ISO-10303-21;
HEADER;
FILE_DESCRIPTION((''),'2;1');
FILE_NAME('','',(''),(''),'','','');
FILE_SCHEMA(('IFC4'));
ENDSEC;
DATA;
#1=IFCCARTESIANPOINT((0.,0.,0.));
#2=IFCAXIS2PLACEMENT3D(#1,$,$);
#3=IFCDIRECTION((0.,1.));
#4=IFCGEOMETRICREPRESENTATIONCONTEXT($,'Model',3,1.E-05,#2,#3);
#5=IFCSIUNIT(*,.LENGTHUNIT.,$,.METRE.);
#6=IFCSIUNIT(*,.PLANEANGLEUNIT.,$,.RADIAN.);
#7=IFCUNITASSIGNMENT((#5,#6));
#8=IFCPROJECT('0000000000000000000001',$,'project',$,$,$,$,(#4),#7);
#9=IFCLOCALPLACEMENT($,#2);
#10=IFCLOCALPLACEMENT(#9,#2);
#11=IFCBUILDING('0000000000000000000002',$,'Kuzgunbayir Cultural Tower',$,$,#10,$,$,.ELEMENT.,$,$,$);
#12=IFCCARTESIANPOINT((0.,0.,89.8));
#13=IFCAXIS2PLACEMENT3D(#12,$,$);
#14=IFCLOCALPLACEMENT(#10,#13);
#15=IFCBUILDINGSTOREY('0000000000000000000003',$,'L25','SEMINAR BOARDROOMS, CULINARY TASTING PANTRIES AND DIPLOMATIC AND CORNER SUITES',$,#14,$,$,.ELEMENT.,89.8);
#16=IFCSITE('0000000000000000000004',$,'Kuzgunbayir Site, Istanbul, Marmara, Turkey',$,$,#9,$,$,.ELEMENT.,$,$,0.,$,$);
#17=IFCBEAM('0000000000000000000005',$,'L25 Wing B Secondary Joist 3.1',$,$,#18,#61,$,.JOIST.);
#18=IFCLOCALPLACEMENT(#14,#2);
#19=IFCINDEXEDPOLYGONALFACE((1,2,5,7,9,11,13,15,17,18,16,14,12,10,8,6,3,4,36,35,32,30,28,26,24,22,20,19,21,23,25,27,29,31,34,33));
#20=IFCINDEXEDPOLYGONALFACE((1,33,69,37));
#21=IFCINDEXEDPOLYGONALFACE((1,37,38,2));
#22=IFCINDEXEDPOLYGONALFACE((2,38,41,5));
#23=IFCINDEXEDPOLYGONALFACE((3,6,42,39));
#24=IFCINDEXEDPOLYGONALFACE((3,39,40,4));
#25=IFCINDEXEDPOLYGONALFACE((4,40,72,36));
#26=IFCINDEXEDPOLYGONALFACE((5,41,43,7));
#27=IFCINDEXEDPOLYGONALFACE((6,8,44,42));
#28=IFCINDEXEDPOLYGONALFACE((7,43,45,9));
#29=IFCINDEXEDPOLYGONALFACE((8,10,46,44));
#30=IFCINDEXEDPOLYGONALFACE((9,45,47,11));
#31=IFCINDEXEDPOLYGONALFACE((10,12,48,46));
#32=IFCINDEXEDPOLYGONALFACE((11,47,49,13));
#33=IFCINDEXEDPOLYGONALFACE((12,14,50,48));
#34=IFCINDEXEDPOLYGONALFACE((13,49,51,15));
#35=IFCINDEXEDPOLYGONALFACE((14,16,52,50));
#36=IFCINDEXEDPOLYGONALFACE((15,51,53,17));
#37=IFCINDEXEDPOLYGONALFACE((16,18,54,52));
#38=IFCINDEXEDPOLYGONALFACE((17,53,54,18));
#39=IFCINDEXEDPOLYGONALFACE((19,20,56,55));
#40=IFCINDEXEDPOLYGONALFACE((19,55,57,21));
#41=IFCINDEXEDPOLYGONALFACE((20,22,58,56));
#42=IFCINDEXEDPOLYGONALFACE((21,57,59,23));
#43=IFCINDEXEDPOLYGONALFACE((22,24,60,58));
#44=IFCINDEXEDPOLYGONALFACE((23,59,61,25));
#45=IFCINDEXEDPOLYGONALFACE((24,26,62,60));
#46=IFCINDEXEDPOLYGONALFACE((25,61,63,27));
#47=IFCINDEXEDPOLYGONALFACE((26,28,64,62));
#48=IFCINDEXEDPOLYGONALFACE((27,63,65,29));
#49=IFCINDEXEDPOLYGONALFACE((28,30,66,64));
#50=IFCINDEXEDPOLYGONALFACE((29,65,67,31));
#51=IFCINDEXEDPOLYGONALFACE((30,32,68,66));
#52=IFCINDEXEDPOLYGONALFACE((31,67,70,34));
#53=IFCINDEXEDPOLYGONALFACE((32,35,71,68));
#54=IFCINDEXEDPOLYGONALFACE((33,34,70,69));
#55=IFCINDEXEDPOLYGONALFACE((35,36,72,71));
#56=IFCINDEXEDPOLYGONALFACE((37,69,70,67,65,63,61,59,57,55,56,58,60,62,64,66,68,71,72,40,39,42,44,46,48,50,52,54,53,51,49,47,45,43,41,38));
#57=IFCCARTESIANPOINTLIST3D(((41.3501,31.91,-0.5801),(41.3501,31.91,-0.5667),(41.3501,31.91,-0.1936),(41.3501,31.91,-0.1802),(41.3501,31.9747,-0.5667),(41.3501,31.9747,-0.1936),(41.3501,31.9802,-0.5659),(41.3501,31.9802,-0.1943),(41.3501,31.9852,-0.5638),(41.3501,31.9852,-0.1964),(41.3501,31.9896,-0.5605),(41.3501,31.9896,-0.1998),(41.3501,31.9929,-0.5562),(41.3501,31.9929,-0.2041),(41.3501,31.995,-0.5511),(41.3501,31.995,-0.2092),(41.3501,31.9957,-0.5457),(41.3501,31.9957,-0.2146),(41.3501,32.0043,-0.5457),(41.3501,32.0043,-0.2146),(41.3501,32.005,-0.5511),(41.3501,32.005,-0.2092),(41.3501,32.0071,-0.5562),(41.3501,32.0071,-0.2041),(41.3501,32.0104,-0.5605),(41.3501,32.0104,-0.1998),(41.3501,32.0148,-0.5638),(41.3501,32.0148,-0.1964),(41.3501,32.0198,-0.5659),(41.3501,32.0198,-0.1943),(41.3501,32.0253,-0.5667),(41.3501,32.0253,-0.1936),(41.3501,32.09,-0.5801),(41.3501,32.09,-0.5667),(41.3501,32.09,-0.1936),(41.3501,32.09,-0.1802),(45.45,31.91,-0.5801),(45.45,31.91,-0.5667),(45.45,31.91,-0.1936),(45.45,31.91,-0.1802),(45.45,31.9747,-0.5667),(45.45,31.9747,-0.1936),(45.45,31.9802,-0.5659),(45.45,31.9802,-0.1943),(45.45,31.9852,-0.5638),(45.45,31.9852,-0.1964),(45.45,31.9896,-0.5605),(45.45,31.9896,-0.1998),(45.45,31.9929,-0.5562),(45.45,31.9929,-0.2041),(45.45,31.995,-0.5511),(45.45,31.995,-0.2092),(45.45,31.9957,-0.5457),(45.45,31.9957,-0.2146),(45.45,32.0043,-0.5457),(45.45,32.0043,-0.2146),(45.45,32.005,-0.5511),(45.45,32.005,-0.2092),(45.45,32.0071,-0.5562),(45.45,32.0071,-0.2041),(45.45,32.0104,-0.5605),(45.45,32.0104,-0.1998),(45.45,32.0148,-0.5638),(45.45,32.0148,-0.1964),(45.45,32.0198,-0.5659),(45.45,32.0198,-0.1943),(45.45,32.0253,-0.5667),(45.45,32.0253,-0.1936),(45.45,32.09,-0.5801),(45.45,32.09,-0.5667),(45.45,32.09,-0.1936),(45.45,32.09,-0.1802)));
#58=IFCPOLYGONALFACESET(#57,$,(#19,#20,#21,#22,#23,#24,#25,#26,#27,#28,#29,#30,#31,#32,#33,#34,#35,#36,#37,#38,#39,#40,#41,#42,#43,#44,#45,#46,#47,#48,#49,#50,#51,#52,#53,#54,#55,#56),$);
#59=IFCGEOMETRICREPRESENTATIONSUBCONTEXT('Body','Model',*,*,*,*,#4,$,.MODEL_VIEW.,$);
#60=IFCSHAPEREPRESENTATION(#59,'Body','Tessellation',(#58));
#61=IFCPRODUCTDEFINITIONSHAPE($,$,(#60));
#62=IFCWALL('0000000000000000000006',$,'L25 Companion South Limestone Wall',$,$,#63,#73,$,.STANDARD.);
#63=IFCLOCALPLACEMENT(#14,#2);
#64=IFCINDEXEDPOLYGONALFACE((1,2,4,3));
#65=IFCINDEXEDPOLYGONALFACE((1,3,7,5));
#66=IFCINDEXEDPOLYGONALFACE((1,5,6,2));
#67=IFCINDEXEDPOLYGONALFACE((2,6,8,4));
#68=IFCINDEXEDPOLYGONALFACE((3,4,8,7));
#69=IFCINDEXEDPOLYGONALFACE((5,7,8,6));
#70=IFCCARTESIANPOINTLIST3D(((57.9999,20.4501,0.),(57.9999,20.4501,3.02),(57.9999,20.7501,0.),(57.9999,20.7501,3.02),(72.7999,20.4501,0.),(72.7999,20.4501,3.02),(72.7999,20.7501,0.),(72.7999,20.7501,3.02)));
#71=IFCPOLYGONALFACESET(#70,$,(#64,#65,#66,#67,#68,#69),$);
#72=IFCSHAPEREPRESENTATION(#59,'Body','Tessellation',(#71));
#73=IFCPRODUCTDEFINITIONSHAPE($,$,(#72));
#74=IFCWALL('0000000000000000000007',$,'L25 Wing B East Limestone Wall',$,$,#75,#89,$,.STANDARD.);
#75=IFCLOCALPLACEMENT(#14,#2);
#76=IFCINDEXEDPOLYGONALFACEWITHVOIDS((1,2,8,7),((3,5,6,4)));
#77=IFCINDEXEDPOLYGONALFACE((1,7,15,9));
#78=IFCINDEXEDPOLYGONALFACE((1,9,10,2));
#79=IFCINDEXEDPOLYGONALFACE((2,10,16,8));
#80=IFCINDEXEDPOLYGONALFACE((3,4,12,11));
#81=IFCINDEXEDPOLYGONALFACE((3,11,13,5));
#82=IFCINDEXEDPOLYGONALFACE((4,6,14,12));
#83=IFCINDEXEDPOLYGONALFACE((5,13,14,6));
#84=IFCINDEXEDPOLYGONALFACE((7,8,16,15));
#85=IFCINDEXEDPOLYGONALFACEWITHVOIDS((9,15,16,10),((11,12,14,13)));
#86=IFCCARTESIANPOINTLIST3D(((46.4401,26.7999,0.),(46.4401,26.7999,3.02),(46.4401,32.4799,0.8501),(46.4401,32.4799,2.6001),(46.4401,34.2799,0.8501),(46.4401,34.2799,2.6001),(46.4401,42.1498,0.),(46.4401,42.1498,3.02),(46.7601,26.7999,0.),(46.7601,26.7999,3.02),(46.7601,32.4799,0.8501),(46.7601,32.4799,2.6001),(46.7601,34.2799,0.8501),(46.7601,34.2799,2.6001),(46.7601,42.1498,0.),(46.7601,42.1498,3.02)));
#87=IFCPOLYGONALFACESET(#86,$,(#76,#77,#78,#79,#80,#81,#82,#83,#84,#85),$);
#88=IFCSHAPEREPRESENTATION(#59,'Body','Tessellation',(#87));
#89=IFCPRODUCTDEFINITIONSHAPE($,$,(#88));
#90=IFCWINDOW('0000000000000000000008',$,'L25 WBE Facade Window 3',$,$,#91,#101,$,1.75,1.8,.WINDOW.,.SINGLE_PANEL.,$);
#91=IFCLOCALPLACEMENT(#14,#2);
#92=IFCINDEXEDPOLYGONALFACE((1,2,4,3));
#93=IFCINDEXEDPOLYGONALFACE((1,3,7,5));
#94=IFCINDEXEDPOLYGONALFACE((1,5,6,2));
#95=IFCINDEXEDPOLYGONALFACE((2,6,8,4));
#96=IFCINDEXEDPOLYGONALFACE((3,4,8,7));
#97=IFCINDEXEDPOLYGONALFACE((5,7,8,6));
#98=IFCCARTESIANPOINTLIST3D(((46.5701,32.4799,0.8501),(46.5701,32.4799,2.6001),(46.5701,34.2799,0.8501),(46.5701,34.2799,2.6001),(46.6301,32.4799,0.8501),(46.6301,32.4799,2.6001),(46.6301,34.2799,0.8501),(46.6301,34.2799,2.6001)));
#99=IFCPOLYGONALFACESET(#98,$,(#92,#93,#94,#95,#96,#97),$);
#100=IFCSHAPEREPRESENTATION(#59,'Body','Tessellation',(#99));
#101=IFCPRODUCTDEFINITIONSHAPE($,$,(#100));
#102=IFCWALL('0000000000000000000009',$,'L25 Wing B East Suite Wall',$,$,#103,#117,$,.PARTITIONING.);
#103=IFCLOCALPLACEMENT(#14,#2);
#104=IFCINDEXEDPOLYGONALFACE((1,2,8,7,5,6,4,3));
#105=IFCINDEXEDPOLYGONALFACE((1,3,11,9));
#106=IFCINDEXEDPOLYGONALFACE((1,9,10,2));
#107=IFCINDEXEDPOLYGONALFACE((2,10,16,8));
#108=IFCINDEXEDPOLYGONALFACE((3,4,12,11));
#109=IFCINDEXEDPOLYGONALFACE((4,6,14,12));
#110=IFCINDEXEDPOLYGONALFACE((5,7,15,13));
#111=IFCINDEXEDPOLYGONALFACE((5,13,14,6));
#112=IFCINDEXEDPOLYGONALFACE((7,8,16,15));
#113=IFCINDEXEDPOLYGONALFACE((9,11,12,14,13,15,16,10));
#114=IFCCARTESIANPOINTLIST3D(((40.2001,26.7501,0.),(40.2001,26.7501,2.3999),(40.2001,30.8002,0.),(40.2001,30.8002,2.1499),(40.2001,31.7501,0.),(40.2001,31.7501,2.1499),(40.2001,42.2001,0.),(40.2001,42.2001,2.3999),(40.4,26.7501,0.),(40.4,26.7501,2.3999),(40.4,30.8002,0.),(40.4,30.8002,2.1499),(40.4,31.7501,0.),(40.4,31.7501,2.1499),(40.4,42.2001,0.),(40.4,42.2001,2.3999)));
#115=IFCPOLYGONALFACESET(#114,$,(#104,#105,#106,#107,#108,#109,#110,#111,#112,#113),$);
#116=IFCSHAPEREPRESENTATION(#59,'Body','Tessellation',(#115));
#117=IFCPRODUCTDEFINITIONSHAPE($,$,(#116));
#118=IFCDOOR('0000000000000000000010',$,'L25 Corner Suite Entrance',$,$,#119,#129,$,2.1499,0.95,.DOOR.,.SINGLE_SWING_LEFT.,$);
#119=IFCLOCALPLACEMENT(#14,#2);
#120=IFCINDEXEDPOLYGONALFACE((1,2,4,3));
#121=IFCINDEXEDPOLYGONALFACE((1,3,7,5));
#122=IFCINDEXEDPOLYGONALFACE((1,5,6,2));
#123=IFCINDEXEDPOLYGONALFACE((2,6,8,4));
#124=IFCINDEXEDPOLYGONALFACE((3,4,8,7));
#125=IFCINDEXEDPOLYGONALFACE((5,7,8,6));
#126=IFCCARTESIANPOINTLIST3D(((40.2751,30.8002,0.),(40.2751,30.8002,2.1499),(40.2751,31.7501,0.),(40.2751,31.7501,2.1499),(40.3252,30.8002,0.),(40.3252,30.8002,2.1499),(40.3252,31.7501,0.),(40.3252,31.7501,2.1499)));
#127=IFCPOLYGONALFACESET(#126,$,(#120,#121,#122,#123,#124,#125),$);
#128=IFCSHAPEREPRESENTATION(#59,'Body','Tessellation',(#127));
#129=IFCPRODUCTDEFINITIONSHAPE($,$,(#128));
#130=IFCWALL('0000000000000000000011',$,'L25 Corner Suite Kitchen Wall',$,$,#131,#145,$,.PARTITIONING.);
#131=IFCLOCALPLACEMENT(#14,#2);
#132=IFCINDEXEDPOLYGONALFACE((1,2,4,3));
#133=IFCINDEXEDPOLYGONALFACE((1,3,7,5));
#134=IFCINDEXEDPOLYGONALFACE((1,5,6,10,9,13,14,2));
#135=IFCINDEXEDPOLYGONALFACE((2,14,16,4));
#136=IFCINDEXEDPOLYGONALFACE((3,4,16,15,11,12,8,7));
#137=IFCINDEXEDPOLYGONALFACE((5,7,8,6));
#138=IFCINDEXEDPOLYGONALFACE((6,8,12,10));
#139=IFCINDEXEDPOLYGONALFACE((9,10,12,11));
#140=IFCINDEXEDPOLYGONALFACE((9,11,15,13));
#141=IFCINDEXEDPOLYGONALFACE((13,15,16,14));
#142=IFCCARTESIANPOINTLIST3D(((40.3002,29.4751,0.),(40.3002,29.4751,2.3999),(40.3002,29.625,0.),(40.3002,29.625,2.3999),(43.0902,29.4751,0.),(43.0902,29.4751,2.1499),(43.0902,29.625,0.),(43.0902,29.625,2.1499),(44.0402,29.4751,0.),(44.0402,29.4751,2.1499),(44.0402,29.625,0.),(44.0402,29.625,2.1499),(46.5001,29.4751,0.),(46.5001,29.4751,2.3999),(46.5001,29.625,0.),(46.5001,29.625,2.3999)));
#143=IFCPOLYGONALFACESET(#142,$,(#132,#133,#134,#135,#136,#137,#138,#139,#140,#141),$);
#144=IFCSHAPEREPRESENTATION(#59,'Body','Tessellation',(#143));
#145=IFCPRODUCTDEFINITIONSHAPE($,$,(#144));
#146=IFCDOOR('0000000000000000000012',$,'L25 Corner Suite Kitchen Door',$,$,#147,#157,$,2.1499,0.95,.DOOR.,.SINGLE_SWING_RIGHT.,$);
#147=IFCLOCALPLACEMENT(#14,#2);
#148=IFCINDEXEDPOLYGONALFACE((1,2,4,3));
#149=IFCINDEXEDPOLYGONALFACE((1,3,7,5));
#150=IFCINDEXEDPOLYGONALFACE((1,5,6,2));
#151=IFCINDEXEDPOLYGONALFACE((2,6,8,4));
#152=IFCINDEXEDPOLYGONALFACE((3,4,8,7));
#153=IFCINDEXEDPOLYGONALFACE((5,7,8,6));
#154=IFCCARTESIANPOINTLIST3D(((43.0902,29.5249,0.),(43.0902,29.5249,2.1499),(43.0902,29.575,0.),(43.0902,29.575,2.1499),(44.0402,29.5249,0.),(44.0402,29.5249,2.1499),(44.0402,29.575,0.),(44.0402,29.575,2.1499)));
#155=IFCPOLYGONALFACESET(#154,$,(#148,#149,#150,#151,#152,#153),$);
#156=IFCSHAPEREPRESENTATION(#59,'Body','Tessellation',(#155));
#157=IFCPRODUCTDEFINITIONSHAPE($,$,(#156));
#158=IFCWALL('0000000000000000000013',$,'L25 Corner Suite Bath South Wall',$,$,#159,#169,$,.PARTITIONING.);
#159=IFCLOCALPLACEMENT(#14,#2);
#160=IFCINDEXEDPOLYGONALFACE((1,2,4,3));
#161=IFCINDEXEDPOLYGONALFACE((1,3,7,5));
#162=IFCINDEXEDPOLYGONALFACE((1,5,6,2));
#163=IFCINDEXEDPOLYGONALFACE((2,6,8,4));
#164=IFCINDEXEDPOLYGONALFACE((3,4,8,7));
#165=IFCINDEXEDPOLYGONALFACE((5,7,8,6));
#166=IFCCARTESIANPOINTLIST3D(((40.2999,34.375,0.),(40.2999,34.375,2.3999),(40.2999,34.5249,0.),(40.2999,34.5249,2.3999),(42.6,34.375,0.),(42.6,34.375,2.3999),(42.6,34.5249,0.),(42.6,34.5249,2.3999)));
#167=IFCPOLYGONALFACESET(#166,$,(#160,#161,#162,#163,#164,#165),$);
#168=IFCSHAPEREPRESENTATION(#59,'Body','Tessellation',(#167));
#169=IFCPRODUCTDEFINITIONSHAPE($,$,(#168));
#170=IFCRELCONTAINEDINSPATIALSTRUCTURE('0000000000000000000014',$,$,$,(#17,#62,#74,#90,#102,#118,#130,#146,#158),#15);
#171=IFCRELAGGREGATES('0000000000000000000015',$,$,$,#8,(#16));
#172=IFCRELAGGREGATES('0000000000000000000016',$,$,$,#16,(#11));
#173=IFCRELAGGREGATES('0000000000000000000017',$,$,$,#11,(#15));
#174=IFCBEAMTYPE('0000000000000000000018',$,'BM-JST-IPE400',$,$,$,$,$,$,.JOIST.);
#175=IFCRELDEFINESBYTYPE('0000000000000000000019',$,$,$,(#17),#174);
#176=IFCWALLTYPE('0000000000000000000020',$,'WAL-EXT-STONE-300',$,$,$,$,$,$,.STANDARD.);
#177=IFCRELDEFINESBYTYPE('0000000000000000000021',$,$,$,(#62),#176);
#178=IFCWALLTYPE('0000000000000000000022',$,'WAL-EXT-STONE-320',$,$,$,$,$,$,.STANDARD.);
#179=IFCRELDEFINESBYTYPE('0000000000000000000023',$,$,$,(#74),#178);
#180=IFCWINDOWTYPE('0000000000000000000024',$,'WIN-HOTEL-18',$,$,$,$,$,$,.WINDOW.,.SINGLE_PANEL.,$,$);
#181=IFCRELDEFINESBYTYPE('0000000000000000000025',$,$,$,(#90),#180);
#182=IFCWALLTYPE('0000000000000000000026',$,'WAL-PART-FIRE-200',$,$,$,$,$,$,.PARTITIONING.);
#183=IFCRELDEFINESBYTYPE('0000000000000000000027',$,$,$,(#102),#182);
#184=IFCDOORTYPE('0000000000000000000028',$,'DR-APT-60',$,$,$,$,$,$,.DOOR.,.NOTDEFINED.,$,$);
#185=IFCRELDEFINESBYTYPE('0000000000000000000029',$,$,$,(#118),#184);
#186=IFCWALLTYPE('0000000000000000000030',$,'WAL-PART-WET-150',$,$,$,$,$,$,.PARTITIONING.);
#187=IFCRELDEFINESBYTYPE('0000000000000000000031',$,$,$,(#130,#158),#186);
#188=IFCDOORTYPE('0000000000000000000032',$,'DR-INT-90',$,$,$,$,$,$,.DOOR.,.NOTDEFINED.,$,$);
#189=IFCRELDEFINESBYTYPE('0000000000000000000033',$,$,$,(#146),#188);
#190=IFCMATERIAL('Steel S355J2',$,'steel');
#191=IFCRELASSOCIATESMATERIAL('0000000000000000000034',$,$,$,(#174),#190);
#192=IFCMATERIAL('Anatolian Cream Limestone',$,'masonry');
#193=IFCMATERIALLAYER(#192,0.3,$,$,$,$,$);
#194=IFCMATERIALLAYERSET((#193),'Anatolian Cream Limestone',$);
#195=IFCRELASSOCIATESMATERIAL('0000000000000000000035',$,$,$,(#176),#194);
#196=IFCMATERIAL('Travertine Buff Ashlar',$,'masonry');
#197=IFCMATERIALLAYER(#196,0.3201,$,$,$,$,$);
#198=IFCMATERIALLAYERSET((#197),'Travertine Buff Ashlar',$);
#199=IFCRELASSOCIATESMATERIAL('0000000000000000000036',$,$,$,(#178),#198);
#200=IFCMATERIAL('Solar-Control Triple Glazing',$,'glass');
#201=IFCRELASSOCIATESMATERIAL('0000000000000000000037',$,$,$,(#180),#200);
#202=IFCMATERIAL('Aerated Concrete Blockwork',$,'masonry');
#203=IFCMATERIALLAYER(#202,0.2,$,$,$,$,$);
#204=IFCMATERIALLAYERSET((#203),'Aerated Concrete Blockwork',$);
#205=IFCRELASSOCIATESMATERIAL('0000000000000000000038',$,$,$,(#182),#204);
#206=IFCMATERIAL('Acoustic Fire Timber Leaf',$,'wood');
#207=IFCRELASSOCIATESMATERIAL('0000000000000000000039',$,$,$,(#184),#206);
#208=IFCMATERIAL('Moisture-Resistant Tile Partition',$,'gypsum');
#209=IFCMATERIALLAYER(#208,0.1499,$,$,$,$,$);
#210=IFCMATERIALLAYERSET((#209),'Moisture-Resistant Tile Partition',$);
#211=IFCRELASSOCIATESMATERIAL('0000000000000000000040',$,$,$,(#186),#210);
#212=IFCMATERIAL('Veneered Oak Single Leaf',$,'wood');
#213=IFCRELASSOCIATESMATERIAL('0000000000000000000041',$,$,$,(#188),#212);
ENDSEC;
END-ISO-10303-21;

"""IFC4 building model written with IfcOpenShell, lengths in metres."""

from ifc_helpers import new_model, si_unit, direction, frame, frame_2d, origin, origin_2d, place, context, subcontext, project, spatial, rectangle, i_section, extrude, material, layer, layer_set, material_profile, profile_set, type_object, element, fill, save


model = new_model("IFC4")

# Units and contexts
model_context = context("Model", 3, precision=1e-05, world=origin(), true_north=direction((0.0, 1.0)))
body_context = subcontext(model_context, "Body", "Model", "MODEL_VIEW")
ifc_project = project(units=[si_unit("LENGTHUNIT", "METRE"), si_unit("PLANEANGLEUNIT", "RADIAN")], contexts=[model_context])

# Site, building, storey
site_placement = place(None, origin())
site = spatial("IfcSite", under=ifc_project, at=site_placement, Name="Kuzgunbayir Site, Istanbul, Marmara, Turkey", CompositionType="ELEMENT", RefElevation=0.0)
building_placement = place(site_placement, origin())
building = spatial("IfcBuilding", under=site, at=building_placement, Name="Kuzgunbayir Cultural Tower", CompositionType="ELEMENT")
storey_placement = place(building_placement, frame((0.0, 0.0, 89.8)))
storey = spatial("IfcBuildingStorey", under=building, at=storey_placement, Name="L25", Description="SEMINAR BOARDROOMS, CULINARY TASTING PANTRIES AND DIPLOMATIC AND CORNER SUITES", CompositionType="ELEMENT", Elevation=89.8)

# Beam
ifc_material_1 = material(Name="Steel S355J2", Category="steel")
ifc_material_profile_1 = material_profile(ifc_material_1, i_section(OverallWidth=0.1799, OverallDepth=0.3999, WebThickness=0.0085, FlangeThickness=0.0134, FilletRadius=0.021, at=origin_2d()), Name="IPE 400")
ifc_profile_set_1 = profile_set([ifc_material_profile_1], Name="Steel S355J2")
beam_type_1 = type_object("IfcBeamType", Name="BM-JST-IPE400", PredefinedType="JOIST", material=ifc_profile_set_1)
beam_1_placement = place(storey_placement, frame((41.3501, 32.0, -0.3801), z_axis=(1.0, 0.0, 0.0), x_axis=(0.0, 1.0, 0.0)))
element("IfcBeam", 1, at=beam_1_placement, inside=storey, type_object=beam_type_1, Name="L25 Wing B Secondary Joist 3.1", PredefinedType="JOIST", context=body_context, shape_type="SweptSolid", body=[
    extrude(i_section(OverallWidth=0.1799, OverallDepth=0.3999, WebThickness=0.0085, FlangeThickness=0.0134, FilletRadius=0.021, at=origin_2d()), origin(), (0.0, 0.0, 1.0), 4.0999),
])

# Wall
ifc_material_2 = material(Name="Anatolian Cream Limestone", Category="masonry")
ifc_layer_1 = layer(ifc_material_2, 0.3)
ifc_layer_set_1 = layer_set([ifc_layer_1], Name="Anatolian Cream Limestone")
wall_type_1 = type_object("IfcWallType", Name="WAL-EXT-STONE-300", PredefinedType="STANDARD", material=ifc_layer_set_1)
wall_1_placement = place(storey_placement, frame((58.0, 20.6001, 0.0), z_axis=(0.0, 0.0, 1.0), x_axis=(1.0, 0.0, 0.0)))
element("IfcWall", 2, at=wall_1_placement, inside=storey, type_object=wall_type_1, Name="L25 Companion South Limestone Wall", PredefinedType="STANDARD", context=body_context, shape_type="SweptSolid", body=[
    extrude(rectangle(XDim=14.8, YDim=0.3, at=frame_2d((7.3999, 0.0))), origin(), (0.0, 0.0, 1.0), 3.02),
])

# Wall, opening, window
ifc_material_3 = material(Name="Travertine Buff Ashlar", Category="masonry")
ifc_layer_2 = layer(ifc_material_3, 0.3201)
ifc_layer_set_2 = layer_set([ifc_layer_2], Name="Travertine Buff Ashlar")
wall_type_2 = type_object("IfcWallType", Name="WAL-EXT-STONE-320", PredefinedType="STANDARD", material=ifc_layer_set_2)
wall_2_placement = place(storey_placement, frame((46.6001, 26.8, 0.0), z_axis=(0.0, 0.0, 1.0), x_axis=(0.0, 1.0, 0.0)))
wall_2 = element("IfcWall", 3, at=wall_2_placement, inside=storey, type_object=wall_type_2, Name="L25 Wing B East Limestone Wall", PredefinedType="STANDARD", context=body_context, shape_type="SweptSolid", body=[
    extrude(rectangle(XDim=15.3499, YDim=0.3201, at=frame_2d((7.6748, 0.0))), origin(), (0.0, 0.0, 1.0), 3.02),
])
opening_1_placement = place(wall_2_placement, frame((5.6799, 0.0, 0.8501)))
opening_1 = element("IfcOpeningElement", 4, at=opening_1_placement, cuts=wall_2, PredefinedType="OPENING", context=body_context, shape_type="SweptSolid", body=[
    extrude(rectangle(XDim=1.8, YDim=1.75, at=frame_2d((0.8999, 0.875))), frame((0.0, 0.1699, 0.0), z_axis=(0.0, -1.0, 0.0), x_axis=(1.0, 0.0, 0.0)), (0.0, 0.0, 1.0), 0.3401),
])
ifc_material_4 = material(Name="Solar-Control Triple Glazing", Category="glass")
window_type = type_object("IfcWindowType", Name="WIN-HOTEL-18", PartitioningType="SINGLE_PANEL", PredefinedType="WINDOW", material=ifc_material_4)
window_placement = place(opening_1_placement, origin())
window = element("IfcWindow", 5, at=window_placement, inside=storey, type_object=window_type, Name="L25 WBE Facade Window 3", OverallHeight=1.75, OverallWidth=1.8, PartitioningType="SINGLE_PANEL", PredefinedType="WINDOW", context=body_context, shape_type="SweptSolid", body=[
    extrude(rectangle(XDim=1.8, YDim=1.75, at=frame_2d((0.8999, 0.875))), frame((0.0, 0.03, 0.0), z_axis=(0.0, -1.0, 0.0), x_axis=(1.0, 0.0, 0.0)), (0.0, 0.0, 1.0), 0.0601),
])
fill(opening_1, window)

# Walls, openings, doors
ifc_material_5 = material(Name="Aerated Concrete Blockwork", Category="masonry")
ifc_layer_3 = layer(ifc_material_5, 0.2)
ifc_layer_set_3 = layer_set([ifc_layer_3], Name="Aerated Concrete Blockwork")
wall_type_3 = type_object("IfcWallType", Name="WAL-PART-FIRE-200", PredefinedType="PARTITIONING", material=ifc_layer_set_3)
wall_3_placement = place(storey_placement, frame((40.3, 26.75, 0.0), z_axis=(0.0, 0.0, 1.0), x_axis=(0.0, 1.0, 0.0)))
wall_3 = element("IfcWall", 6, at=wall_3_placement, inside=storey, type_object=wall_type_3, Name="L25 Wing B East Suite Wall", PredefinedType="PARTITIONING", context=body_context, shape_type="SweptSolid", body=[
    extrude(rectangle(XDim=15.45, YDim=0.2, at=frame_2d((7.7251, 0.0))), origin(), (0.0, 0.0, 1.0), 2.3999),
])
opening_2_placement = place(wall_3_placement, frame((4.05, 0.0, 0.0)))
opening_2 = element("IfcOpeningElement", 7, at=opening_2_placement, cuts=wall_3, PredefinedType="OPENING", context=body_context, shape_type="SweptSolid", body=[
    extrude(rectangle(XDim=0.95, YDim=2.1499, at=frame_2d((0.4751, 1.075))), frame((0.0, 0.1099, 0.0), z_axis=(0.0, -1.0, 0.0), x_axis=(1.0, 0.0, 0.0)), (0.0, 0.0, 1.0), 0.22),
])
ifc_material_6 = material(Name="Acoustic Fire Timber Leaf", Category="wood")
door_type_1 = type_object("IfcDoorType", Name="DR-APT-60", OperationType="NOTDEFINED", PredefinedType="DOOR", material=ifc_material_6)
door_1_placement = place(opening_2_placement, origin())
door_1 = element("IfcDoor", 8, at=door_1_placement, inside=storey, type_object=door_type_1, Name="L25 Corner Suite Entrance", OperationType="SINGLE_SWING_LEFT", OverallHeight=2.1499, OverallWidth=0.95, PredefinedType="DOOR", context=body_context, shape_type="SweptSolid", body=[
    extrude(rectangle(XDim=0.95, YDim=2.1499, at=frame_2d((0.4751, 1.075))), frame((0.0, 0.0249, 0.0), z_axis=(0.0, -1.0, 0.0), x_axis=(1.0, 0.0, 0.0)), (0.0, 0.0, 1.0), 0.05),
])
fill(opening_2, door_1)
ifc_material_7 = material(Name="Moisture-Resistant Tile Partition", Category="gypsum")
ifc_layer_4 = layer(ifc_material_7, 0.1499)
ifc_layer_set_4 = layer_set([ifc_layer_4], Name="Moisture-Resistant Tile Partition")
wall_type_4 = type_object("IfcWallType", Name="WAL-PART-WET-150", PredefinedType="PARTITIONING", material=ifc_layer_set_4)
wall_4_placement = place(storey_placement, frame((40.3, 29.55, 0.0), z_axis=(0.0, 0.0, 1.0), x_axis=(1.0, 0.0, 0.0)))
wall_4 = element("IfcWall", 9, at=wall_4_placement, inside=storey, type_object=wall_type_4, Name="L25 Corner Suite Kitchen Wall", PredefinedType="PARTITIONING", context=body_context, shape_type="SweptSolid", body=[
    extrude(rectangle(XDim=6.2, YDim=0.1499, at=frame_2d((3.1001, 0.0))), origin(), (0.0, 0.0, 1.0), 2.3999),
])
opening_3_placement = place(wall_4_placement, frame((2.79, 0.0, 0.0)))
opening_3 = element("IfcOpeningElement", 10, at=opening_3_placement, cuts=wall_4, PredefinedType="OPENING", context=body_context, shape_type="SweptSolid", body=[
    extrude(rectangle(XDim=0.95, YDim=2.1499, at=frame_2d((0.4751, 1.075))), frame((0.0, 0.085, 0.0), z_axis=(0.0, -1.0, 0.0), x_axis=(1.0, 0.0, 0.0)), (0.0, 0.0, 1.0), 0.1699),
])
ifc_material_8 = material(Name="Veneered Oak Single Leaf", Category="wood")
door_type_2 = type_object("IfcDoorType", Name="DR-INT-90", OperationType="NOTDEFINED", PredefinedType="DOOR", material=ifc_material_8)
door_2_placement = place(opening_3_placement, origin())
door_2 = element("IfcDoor", 11, at=door_2_placement, inside=storey, type_object=door_type_2, Name="L25 Corner Suite Kitchen Door", OperationType="SINGLE_SWING_RIGHT", OverallHeight=2.1499, OverallWidth=0.95, PredefinedType="DOOR", context=body_context, shape_type="SweptSolid", body=[
    extrude(rectangle(XDim=0.95, YDim=2.1499, at=frame_2d((0.4751, 1.075))), frame((0.0, 0.0249, 0.0), z_axis=(0.0, -1.0, 0.0), x_axis=(1.0, 0.0, 0.0)), (0.0, 0.0, 1.0), 0.05),
])
fill(opening_3, door_2)

# Wall
wall_5_placement = place(storey_placement, frame((40.3, 34.45, 0.0), z_axis=(0.0, 0.0, 1.0), x_axis=(1.0, 0.0, 0.0)))
element("IfcWall", 12, at=wall_5_placement, inside=storey, type_object=wall_type_4, Name="L25 Corner Suite Bath South Wall", PredefinedType="PARTITIONING", context=body_context, shape_type="SweptSolid", body=[
    extrude(rectangle(XDim=2.3, YDim=0.1499, at=frame_2d((1.1499, 0.0))), origin(), (0.0, 0.0, 1.0), 2.3999),
])

save(model, "model.ifc")
